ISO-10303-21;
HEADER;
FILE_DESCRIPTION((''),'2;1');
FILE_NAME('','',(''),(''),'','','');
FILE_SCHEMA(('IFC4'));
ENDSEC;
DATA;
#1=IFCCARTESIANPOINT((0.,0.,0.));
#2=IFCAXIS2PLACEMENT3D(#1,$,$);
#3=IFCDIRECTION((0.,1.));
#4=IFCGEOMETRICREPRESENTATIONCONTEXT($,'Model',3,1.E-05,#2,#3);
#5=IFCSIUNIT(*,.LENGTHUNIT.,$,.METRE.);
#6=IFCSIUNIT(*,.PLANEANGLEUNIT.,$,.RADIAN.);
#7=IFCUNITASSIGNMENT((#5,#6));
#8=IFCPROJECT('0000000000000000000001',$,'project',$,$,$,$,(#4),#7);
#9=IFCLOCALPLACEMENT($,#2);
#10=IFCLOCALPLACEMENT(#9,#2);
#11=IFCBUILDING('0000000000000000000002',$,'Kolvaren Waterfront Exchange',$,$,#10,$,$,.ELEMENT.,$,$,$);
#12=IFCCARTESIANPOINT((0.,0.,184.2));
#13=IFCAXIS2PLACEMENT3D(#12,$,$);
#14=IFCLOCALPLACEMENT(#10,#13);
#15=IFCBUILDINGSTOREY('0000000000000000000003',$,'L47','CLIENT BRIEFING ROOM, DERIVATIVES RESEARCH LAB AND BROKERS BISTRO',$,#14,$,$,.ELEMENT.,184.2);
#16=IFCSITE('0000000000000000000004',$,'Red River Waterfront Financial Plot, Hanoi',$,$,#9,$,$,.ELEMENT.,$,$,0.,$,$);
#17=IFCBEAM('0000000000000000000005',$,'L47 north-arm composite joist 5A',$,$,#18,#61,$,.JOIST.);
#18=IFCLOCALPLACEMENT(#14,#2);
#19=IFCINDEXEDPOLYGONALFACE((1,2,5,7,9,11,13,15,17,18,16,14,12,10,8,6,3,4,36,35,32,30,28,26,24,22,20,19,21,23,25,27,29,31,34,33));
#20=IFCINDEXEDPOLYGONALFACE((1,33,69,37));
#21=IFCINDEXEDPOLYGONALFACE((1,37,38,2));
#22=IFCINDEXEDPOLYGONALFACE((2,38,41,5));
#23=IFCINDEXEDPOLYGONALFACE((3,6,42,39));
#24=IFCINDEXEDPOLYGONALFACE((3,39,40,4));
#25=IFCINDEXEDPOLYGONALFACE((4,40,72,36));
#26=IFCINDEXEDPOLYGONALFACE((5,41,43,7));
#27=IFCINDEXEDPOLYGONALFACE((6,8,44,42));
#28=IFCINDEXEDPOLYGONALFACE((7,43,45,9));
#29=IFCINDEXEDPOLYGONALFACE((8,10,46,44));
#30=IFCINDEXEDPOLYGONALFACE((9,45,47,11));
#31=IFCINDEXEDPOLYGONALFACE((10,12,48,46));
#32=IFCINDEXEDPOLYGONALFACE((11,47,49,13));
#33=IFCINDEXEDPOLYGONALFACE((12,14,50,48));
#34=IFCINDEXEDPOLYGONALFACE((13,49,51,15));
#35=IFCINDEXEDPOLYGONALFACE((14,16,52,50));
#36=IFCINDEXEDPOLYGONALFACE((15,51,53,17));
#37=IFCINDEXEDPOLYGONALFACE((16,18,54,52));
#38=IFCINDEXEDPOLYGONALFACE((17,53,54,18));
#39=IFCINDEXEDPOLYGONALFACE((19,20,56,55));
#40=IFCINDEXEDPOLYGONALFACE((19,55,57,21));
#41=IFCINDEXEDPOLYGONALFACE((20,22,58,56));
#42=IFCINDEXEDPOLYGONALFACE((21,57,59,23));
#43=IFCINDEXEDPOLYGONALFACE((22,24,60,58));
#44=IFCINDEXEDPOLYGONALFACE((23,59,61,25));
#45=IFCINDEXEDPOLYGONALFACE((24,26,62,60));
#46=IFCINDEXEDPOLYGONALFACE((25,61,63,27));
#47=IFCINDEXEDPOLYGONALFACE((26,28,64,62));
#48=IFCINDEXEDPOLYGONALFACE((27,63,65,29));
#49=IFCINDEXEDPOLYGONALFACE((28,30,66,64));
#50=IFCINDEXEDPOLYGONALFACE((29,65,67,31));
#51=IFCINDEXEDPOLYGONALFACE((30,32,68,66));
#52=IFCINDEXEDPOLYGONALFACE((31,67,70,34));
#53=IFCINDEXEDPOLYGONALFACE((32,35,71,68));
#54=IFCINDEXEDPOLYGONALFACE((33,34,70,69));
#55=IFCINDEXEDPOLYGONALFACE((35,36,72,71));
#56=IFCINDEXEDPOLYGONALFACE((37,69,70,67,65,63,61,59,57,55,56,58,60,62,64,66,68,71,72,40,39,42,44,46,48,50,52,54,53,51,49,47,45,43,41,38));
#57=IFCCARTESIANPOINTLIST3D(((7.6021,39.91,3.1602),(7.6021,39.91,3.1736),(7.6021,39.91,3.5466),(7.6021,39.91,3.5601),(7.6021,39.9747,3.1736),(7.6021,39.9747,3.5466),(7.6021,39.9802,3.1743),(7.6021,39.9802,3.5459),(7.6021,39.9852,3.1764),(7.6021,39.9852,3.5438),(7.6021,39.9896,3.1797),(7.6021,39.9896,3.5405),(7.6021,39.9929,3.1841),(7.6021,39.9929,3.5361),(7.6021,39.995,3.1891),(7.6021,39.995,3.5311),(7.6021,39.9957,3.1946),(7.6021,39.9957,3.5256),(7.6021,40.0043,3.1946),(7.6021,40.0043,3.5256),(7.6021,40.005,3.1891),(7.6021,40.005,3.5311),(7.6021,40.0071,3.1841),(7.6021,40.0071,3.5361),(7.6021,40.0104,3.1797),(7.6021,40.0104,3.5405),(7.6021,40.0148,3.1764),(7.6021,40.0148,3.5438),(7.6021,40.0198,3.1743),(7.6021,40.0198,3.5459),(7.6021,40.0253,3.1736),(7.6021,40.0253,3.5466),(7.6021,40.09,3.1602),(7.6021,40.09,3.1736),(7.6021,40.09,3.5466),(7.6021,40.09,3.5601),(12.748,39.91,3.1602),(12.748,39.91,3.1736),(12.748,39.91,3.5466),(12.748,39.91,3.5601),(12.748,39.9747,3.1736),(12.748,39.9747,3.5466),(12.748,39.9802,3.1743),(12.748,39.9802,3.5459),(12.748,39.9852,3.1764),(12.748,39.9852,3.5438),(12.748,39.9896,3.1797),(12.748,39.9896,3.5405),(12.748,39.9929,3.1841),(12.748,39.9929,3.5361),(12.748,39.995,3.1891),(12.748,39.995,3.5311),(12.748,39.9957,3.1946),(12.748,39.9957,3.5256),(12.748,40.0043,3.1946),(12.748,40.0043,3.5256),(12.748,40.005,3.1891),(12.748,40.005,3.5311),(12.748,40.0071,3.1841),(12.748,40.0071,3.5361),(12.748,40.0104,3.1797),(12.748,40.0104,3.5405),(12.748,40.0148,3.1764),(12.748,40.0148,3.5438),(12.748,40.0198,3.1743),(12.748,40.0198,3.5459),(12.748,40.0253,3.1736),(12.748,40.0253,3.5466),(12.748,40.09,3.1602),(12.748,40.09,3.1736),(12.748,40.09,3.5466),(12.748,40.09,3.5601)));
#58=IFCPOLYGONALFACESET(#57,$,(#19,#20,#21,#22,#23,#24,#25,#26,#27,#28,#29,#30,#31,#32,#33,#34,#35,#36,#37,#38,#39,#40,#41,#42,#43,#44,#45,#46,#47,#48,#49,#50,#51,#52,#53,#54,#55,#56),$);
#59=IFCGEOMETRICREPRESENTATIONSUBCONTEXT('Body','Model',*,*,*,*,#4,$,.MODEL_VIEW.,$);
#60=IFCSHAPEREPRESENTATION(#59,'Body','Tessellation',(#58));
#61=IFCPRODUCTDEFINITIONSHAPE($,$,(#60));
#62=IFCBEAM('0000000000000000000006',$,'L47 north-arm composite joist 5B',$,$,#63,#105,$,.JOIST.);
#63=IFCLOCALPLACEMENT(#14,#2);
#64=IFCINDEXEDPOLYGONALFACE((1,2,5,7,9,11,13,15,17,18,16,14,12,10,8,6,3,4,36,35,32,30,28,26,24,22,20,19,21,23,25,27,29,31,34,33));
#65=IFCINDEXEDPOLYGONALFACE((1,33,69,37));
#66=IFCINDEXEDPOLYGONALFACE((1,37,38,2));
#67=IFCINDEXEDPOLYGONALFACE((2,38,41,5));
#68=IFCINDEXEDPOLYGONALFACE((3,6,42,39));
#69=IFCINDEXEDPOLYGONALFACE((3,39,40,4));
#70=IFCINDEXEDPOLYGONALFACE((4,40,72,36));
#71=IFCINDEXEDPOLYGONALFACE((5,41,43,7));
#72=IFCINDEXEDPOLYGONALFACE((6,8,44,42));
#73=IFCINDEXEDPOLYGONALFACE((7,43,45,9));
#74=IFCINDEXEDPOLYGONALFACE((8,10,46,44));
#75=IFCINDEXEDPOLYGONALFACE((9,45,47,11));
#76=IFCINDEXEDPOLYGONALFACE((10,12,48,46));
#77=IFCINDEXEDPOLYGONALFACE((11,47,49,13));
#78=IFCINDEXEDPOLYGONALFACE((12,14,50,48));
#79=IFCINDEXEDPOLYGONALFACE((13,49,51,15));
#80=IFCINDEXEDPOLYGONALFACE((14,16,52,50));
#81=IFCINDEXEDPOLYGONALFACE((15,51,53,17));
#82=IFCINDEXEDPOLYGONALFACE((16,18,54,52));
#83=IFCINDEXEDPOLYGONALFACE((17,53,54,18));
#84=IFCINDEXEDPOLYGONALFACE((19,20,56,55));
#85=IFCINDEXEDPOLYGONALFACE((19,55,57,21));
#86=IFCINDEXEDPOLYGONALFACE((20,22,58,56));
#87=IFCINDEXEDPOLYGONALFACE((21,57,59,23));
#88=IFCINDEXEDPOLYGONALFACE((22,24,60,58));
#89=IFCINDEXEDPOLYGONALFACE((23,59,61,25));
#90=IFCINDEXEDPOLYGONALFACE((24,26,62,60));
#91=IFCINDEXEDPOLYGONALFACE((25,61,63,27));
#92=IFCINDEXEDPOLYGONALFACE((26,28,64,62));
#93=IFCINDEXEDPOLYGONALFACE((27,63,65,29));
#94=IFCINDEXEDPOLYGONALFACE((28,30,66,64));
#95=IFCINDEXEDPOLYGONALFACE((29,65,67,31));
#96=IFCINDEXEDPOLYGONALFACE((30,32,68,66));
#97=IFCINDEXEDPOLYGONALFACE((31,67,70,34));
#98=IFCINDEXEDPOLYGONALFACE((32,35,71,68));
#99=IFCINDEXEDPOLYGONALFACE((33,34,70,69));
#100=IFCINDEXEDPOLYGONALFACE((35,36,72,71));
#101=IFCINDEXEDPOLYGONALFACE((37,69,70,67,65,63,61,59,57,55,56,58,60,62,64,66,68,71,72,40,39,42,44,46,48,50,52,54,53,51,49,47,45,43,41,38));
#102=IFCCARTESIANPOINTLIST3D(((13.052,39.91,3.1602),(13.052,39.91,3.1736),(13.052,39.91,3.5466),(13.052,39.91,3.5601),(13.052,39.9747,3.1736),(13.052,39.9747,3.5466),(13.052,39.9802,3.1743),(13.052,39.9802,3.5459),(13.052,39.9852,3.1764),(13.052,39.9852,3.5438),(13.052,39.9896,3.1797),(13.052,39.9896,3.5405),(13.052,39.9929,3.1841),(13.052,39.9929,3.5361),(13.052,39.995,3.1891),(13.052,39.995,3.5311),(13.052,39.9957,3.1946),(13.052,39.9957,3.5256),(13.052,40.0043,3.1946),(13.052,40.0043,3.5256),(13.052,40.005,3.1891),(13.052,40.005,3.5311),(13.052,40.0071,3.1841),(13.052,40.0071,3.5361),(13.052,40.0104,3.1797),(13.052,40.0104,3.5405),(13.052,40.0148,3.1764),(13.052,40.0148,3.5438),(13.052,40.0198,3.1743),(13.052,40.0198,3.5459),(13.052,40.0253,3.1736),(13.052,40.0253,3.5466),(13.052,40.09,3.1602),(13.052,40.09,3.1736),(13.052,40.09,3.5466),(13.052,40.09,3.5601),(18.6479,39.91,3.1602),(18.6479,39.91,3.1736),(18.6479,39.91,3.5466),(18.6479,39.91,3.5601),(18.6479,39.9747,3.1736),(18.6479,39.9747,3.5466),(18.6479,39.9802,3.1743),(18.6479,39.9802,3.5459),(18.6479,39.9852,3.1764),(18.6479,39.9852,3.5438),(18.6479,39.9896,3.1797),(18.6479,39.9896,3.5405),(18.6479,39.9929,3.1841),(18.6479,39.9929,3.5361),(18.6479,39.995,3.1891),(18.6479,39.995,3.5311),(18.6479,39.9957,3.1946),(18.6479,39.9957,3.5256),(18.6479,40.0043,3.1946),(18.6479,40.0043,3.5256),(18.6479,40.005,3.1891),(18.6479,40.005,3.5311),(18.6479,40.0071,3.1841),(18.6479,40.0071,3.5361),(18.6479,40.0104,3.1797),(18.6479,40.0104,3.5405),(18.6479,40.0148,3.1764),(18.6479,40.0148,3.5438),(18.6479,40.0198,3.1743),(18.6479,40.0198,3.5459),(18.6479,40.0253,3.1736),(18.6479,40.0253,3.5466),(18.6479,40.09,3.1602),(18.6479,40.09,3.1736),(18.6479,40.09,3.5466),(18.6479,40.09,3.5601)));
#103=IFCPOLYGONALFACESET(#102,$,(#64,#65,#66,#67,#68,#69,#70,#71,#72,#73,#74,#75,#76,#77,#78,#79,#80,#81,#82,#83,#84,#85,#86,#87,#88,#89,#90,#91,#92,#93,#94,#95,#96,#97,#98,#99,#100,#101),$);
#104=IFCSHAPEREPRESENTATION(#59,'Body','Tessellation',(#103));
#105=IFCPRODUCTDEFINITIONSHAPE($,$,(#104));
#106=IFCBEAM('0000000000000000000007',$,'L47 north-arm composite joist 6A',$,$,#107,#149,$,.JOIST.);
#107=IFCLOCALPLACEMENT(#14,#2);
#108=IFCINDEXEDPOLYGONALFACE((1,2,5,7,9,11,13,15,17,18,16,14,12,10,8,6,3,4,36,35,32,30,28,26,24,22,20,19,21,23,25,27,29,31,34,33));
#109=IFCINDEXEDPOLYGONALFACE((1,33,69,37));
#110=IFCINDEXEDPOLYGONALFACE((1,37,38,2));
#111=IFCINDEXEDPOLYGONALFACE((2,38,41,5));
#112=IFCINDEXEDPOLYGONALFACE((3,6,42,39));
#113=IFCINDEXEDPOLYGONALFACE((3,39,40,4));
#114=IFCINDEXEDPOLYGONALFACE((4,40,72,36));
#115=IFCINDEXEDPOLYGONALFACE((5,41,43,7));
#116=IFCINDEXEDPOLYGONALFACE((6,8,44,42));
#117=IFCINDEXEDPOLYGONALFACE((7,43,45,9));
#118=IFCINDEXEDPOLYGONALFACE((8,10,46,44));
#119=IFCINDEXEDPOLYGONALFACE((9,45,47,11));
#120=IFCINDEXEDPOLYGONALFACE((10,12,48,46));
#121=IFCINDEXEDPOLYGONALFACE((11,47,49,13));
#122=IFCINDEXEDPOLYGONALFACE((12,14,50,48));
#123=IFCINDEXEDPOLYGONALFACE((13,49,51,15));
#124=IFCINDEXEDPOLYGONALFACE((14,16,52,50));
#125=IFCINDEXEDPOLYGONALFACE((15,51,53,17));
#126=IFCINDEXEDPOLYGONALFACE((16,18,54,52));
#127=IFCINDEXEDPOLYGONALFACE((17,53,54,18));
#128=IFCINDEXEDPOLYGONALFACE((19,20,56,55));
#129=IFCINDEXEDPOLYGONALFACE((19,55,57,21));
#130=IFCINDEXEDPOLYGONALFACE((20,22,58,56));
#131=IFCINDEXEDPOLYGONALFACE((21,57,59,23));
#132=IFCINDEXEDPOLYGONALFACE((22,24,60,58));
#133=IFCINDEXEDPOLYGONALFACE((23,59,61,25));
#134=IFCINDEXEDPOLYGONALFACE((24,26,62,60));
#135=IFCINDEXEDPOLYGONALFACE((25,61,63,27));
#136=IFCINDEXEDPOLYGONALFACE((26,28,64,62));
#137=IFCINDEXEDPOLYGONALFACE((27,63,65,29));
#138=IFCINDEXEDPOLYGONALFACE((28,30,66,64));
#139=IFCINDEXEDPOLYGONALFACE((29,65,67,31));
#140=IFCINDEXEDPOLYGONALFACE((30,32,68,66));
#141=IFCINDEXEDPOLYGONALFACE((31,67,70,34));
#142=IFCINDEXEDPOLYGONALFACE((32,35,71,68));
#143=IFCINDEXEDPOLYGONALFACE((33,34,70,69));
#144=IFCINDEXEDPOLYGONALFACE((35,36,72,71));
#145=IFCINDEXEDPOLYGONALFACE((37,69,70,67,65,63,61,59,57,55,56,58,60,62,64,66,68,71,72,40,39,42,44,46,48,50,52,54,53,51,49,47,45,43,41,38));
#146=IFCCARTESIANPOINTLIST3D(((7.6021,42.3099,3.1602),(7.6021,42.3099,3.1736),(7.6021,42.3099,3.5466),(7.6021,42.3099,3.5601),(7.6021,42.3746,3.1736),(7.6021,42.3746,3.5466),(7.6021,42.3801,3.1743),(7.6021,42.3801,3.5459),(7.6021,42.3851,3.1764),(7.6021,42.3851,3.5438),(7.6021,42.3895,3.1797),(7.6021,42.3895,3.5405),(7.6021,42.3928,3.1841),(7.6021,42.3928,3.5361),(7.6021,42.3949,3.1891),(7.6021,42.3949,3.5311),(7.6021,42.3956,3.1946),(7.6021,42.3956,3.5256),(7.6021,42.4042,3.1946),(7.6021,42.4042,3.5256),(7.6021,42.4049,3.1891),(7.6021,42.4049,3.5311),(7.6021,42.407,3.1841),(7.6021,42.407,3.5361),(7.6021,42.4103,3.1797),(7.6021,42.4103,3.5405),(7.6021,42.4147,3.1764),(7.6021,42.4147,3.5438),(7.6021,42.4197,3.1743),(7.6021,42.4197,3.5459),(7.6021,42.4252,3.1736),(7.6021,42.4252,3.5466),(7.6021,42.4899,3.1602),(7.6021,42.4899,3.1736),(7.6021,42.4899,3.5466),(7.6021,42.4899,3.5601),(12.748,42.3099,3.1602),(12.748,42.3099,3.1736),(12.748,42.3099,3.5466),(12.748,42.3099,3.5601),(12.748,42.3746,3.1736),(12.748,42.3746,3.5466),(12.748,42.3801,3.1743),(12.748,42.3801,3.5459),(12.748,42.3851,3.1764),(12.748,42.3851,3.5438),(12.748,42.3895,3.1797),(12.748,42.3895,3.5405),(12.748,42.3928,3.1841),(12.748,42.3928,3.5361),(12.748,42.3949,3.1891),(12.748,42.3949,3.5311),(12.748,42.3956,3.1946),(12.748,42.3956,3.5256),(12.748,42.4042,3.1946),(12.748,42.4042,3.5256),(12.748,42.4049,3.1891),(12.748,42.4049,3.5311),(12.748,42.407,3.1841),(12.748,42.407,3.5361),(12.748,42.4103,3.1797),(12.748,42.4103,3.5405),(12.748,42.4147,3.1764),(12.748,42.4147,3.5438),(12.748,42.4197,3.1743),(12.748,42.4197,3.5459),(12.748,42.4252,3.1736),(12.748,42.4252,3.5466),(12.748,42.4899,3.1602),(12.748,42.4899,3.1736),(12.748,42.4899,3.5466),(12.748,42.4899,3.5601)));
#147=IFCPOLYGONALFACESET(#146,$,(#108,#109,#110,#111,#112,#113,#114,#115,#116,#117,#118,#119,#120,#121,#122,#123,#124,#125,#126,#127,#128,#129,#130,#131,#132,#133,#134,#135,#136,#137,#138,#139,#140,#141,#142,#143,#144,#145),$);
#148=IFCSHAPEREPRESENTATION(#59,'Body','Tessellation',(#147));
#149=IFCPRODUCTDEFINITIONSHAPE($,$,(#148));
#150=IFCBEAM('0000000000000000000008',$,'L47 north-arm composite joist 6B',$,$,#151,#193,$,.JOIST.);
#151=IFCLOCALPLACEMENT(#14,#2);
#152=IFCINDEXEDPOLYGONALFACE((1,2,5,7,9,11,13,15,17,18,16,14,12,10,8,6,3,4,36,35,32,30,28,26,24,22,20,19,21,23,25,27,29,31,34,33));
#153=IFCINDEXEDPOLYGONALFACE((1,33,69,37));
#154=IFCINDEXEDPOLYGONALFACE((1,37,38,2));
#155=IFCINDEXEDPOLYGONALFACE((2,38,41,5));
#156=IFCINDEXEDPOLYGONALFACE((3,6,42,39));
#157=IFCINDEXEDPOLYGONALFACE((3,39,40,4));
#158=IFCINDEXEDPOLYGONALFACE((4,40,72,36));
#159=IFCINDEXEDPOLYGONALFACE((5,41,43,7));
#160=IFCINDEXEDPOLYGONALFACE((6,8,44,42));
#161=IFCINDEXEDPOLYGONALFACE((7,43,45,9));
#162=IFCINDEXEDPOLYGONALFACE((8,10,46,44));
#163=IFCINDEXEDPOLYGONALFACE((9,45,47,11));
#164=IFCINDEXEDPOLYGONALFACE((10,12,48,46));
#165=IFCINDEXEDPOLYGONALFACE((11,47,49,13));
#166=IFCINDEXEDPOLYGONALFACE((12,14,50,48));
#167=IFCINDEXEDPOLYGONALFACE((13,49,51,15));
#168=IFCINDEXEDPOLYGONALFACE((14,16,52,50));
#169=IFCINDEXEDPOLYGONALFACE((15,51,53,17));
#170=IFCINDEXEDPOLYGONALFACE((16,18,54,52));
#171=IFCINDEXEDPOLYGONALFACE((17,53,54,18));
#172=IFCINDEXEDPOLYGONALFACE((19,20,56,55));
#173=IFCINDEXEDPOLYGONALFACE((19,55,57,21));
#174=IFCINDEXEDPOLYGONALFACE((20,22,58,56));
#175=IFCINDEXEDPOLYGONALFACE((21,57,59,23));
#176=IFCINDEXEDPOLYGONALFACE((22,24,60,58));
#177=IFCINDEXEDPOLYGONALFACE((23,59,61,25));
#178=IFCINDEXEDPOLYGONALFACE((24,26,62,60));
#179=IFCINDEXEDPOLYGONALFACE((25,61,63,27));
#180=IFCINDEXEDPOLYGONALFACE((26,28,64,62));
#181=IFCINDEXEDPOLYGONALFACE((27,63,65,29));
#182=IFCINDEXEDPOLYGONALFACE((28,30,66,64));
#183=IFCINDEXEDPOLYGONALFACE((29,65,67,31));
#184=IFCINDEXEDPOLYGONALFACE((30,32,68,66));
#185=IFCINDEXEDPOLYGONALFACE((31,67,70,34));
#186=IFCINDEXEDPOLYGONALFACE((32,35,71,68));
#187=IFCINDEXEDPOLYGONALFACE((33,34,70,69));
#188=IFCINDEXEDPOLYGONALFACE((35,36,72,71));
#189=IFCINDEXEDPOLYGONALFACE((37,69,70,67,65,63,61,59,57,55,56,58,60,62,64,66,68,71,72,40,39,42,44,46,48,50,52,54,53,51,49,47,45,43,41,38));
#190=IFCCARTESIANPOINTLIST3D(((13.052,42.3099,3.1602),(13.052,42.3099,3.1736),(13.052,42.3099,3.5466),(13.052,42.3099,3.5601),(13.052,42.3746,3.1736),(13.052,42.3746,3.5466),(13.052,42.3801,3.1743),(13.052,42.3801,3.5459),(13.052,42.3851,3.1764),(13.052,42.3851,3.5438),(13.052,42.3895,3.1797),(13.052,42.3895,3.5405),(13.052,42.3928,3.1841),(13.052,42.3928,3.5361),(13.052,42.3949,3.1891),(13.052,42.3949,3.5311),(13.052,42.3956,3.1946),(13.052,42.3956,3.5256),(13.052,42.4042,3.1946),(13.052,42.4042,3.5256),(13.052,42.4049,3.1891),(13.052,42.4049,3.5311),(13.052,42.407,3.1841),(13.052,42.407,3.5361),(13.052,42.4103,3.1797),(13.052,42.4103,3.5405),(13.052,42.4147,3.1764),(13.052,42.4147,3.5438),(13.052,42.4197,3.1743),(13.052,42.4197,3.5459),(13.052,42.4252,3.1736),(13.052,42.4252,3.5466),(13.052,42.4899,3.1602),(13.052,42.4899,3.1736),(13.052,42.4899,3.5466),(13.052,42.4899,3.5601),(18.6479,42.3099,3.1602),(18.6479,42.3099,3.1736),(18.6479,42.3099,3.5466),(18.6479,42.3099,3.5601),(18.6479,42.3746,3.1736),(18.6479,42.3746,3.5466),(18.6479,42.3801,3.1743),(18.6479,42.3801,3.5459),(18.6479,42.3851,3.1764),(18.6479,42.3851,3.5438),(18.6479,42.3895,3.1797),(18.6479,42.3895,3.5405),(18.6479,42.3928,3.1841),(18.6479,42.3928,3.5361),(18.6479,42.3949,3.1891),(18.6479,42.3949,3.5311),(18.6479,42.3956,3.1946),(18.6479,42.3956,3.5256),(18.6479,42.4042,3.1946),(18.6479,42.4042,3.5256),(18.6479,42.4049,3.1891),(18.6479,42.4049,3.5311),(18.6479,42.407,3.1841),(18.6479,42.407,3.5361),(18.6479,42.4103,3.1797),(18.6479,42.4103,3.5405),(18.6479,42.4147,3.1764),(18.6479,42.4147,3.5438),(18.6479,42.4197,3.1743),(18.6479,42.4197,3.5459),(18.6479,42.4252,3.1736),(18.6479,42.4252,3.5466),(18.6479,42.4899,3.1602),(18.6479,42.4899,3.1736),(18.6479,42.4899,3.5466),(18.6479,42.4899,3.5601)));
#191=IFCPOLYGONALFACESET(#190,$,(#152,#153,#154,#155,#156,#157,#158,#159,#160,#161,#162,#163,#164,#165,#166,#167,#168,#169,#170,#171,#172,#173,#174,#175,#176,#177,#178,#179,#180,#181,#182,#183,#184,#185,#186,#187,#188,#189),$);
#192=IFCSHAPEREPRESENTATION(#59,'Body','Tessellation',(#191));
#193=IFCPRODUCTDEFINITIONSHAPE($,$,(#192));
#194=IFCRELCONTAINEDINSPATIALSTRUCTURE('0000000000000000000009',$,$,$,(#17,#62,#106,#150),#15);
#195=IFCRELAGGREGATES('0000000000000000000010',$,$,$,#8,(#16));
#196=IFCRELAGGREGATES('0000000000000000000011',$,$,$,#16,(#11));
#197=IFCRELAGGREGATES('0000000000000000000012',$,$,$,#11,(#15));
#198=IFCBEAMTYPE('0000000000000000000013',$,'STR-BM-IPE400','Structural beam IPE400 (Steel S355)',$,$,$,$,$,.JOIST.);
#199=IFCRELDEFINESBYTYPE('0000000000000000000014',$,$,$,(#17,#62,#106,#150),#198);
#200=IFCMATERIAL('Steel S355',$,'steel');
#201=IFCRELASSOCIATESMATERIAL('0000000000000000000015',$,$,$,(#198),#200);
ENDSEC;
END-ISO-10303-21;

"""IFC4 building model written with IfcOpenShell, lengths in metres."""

from ifc_helpers import new_model, si_unit, direction, frame, origin, origin_2d, place, context, subcontext, project, spatial, i_section, extrude, material, material_profile, profile_set, type_object, element, save


model = new_model("IFC4")

# Units and contexts
model_context = context("Model", 3, precision=1e-05, world=origin(), true_north=direction((0.0, 1.0)))
body_context = subcontext(model_context, "Body", "Model", "MODEL_VIEW")
ifc_project = project(units=[si_unit("LENGTHUNIT", "METRE"), si_unit("PLANEANGLEUNIT", "RADIAN")], contexts=[model_context])

# Site, building, storey
site_placement = place(None, origin())
site = spatial("IfcSite", under=ifc_project, at=site_placement, Name="Red River Waterfront Financial Plot, Hanoi", CompositionType="ELEMENT", RefElevation=0.0)
building_placement = place(site_placement, origin())
building = spatial("IfcBuilding", under=site, at=building_placement, Name="Kolvaren Waterfront Exchange", CompositionType="ELEMENT")
storey_placement = place(building_placement, frame((0.0, 0.0, 184.2)))
storey = spatial("IfcBuildingStorey", under=building, at=storey_placement, Name="L47", Description="CLIENT BRIEFING ROOM, DERIVATIVES RESEARCH LAB AND BROKERS BISTRO", CompositionType="ELEMENT", Elevation=184.2)

# Beams
ifc_material_1 = material(Name="Steel S355", Category="steel")
ifc_material_profile_1 = material_profile(ifc_material_1, i_section(OverallWidth=0.1799, OverallDepth=0.3999, WebThickness=0.0085, FlangeThickness=0.0134, FilletRadius=0.021, at=origin_2d()), Name="IPE400")
ifc_profile_set_1 = profile_set([ifc_material_profile_1], Name="Steel S355")
beam_type_1 = type_object("IfcBeamType", Name="STR-BM-IPE400", Description="Structural beam IPE400 (Steel S355)", PredefinedType="JOIST", material=ifc_profile_set_1)
beam_1_placement = place(storey_placement, frame((7.6021, 40.0, 3.3601), z_axis=(1.0, 0.0, 0.0), x_axis=(0.0, 1.0, 0.0)))
element("IfcBeam", 1, at=beam_1_placement, inside=storey, type_object=beam_type_1, Name="L47 north-arm composite joist 5A", PredefinedType="JOIST", context=body_context, shape_type="SweptSolid", body=[
    extrude(i_section(OverallWidth=0.1799, OverallDepth=0.3999, WebThickness=0.0085, FlangeThickness=0.0134, FilletRadius=0.021, at=origin_2d()), origin(), (0.0, 0.0, 1.0), 5.146),
])
beam_2_placement = place(storey_placement, frame((13.052, 40.0, 3.3601), z_axis=(1.0, 0.0, 0.0), x_axis=(0.0, 1.0, 0.0)))
element("IfcBeam", 2, at=beam_2_placement, inside=storey, type_object=beam_type_1, Name="L47 north-arm composite joist 5B", PredefinedType="JOIST", context=body_context, shape_type="SweptSolid", body=[
    extrude(i_section(OverallWidth=0.1799, OverallDepth=0.3999, WebThickness=0.0085, FlangeThickness=0.0134, FilletRadius=0.021, at=origin_2d()), origin(), (0.0, 0.0, 1.0), 5.5959),
])
beam_3_placement = place(storey_placement, frame((7.6021, 42.3999, 3.3601), z_axis=(1.0, 0.0, 0.0), x_axis=(0.0, 1.0, 0.0)))
element("IfcBeam", 3, at=beam_3_placement, inside=storey, type_object=beam_type_1, Name="L47 north-arm composite joist 6A", PredefinedType="JOIST", context=body_context, shape_type="SweptSolid", body=[
    extrude(i_section(OverallWidth=0.1799, OverallDepth=0.3999, WebThickness=0.0085, FlangeThickness=0.0134, FilletRadius=0.021, at=origin_2d()), origin(), (0.0, 0.0, 1.0), 5.146),
])
beam_4_placement = place(storey_placement, frame((13.052, 42.3999, 3.3601), z_axis=(1.0, 0.0, 0.0), x_axis=(0.0, 1.0, 0.0)))
element("IfcBeam", 4, at=beam_4_placement, inside=storey, type_object=beam_type_1, Name="L47 north-arm composite joist 6B", PredefinedType="JOIST", context=body_context, shape_type="SweptSolid", body=[
    extrude(i_section(OverallWidth=0.1799, OverallDepth=0.3999, WebThickness=0.0085, FlangeThickness=0.0134, FilletRadius=0.021, at=origin_2d()), origin(), (0.0, 0.0, 1.0), 5.5959),
])

save(model, "model.ifc")
